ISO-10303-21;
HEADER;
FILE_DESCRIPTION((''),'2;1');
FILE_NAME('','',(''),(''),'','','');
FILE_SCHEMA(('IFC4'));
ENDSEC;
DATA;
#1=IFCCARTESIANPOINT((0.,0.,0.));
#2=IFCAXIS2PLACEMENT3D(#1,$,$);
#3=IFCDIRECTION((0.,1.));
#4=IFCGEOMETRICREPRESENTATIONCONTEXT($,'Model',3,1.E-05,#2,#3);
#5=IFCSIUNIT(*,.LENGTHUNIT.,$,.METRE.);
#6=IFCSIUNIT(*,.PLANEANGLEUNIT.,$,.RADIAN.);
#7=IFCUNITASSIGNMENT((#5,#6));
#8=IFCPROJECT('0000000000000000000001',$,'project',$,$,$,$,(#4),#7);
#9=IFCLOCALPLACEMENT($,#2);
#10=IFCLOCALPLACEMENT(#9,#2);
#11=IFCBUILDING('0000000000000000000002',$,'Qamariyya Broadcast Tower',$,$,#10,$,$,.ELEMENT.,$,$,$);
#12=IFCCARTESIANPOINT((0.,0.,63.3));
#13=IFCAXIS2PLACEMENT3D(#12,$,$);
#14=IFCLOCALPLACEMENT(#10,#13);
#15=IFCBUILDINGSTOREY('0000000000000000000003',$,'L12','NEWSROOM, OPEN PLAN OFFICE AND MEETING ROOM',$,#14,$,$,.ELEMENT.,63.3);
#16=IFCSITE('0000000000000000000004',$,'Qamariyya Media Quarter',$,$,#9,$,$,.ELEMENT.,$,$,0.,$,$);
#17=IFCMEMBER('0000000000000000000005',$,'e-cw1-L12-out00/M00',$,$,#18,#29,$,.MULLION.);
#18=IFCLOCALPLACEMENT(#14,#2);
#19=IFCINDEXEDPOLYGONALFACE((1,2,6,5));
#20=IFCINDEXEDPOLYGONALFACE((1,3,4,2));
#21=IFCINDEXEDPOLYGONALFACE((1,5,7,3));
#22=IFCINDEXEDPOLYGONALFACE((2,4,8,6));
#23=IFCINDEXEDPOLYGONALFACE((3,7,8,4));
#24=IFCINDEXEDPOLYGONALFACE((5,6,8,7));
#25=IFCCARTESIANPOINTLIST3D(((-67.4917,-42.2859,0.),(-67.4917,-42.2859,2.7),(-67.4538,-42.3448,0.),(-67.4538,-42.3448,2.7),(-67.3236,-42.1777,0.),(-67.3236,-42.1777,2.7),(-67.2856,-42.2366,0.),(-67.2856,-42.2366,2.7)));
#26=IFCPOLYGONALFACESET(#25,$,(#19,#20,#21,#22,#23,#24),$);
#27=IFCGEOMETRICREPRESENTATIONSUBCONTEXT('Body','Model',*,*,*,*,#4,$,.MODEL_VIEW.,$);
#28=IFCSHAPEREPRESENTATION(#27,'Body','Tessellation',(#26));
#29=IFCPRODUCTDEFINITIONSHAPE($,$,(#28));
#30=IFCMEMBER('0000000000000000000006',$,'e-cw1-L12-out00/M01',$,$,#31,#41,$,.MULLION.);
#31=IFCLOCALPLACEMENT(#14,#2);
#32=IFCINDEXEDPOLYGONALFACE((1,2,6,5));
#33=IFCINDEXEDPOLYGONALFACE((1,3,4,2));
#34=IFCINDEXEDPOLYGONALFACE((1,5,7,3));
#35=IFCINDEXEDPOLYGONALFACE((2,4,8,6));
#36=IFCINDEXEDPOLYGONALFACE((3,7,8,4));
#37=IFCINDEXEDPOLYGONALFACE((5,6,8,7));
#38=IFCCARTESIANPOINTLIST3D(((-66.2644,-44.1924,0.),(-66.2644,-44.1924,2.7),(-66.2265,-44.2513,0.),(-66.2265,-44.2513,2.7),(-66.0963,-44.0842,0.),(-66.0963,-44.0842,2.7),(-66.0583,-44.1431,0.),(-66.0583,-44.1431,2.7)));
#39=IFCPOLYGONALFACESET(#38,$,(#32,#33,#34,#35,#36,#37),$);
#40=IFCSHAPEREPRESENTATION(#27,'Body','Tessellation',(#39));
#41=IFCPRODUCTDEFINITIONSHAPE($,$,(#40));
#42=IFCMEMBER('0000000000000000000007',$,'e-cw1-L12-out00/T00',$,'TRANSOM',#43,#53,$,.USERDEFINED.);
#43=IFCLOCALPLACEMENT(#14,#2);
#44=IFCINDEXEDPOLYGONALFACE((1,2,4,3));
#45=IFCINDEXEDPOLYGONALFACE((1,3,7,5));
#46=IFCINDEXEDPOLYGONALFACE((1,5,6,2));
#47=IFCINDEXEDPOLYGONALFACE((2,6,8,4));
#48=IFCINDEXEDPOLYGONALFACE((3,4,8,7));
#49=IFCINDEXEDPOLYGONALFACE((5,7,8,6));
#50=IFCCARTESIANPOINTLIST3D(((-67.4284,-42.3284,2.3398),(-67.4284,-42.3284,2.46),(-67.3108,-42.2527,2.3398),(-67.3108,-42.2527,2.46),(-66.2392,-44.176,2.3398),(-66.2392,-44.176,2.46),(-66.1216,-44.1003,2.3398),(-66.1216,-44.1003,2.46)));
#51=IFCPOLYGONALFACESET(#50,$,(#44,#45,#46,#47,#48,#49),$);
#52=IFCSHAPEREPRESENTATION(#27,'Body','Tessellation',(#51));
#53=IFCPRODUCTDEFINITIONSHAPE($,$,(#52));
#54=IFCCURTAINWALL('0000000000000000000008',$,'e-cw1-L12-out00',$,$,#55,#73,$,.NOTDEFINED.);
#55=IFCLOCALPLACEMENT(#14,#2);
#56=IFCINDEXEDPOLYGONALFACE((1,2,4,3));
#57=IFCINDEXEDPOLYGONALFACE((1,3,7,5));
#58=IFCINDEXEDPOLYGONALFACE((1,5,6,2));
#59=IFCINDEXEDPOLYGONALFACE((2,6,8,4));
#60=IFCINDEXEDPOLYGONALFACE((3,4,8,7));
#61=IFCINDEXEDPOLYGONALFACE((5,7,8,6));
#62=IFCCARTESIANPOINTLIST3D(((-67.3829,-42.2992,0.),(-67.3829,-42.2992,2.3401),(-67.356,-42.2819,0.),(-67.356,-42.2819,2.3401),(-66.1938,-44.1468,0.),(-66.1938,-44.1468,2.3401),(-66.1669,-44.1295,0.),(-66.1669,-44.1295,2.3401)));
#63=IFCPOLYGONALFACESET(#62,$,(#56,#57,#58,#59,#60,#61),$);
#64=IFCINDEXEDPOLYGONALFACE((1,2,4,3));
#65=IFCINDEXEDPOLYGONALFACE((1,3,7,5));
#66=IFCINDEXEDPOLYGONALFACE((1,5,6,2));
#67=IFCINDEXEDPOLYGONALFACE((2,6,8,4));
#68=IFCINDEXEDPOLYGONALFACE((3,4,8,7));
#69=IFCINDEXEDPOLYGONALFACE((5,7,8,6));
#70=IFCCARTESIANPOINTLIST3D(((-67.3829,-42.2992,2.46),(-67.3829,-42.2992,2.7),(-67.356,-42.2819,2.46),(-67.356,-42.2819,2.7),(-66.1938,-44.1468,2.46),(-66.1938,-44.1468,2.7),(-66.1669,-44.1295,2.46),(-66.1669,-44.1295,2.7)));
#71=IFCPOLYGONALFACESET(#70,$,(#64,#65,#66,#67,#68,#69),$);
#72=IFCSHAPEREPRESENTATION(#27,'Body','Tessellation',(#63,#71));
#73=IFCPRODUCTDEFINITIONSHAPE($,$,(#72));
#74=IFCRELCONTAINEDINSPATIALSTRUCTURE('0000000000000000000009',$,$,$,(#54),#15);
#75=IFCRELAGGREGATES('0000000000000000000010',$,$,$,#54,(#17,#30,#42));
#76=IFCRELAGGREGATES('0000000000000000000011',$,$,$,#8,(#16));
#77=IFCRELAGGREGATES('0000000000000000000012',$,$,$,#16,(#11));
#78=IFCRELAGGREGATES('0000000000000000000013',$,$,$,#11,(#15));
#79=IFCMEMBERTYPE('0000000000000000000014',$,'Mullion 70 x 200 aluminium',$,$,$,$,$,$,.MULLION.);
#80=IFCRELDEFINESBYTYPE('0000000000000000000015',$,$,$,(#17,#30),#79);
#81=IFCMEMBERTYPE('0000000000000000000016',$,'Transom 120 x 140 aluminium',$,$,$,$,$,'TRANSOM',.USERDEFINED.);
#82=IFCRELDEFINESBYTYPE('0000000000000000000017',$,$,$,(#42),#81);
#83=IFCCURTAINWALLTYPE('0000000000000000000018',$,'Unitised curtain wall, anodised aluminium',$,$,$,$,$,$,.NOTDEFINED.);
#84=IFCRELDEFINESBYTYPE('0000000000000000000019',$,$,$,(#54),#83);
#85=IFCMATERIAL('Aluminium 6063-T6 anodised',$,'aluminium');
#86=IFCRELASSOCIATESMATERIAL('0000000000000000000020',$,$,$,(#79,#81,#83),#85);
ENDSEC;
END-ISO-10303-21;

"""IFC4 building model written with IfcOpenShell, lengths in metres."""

from ifc_helpers import new_model, si_unit, direction, frame, origin, origin_2d, place, context, subcontext, project, spatial, rectangle, extrude, material, material_profile, profile_set, type_object, element, aggregate, save


model = new_model("IFC4")

# Units and contexts
model_context = context("Model", 3, precision=1e-05, world=origin(), true_north=direction((0.0, 1.0)))
body_context = subcontext(model_context, "Body", "Model", "MODEL_VIEW")
ifc_project = project(units=[si_unit("LENGTHUNIT", "METRE"), si_unit("PLANEANGLEUNIT", "RADIAN")], contexts=[model_context])

# Members
ifc_material_1 = material(Name="Aluminium 6063-T6 anodised", Category="aluminium")
ifc_material_profile_1 = material_profile(ifc_material_1, rectangle(XDim=0.2, YDim=0.0701, at=origin_2d()))
ifc_profile_set_1 = profile_set([ifc_material_profile_1], Name="Aluminium 6063-T6 anodised")
member_type_1 = type_object("IfcMemberType", Name="Mullion 70 x 200 aluminium", PredefinedType="MULLION", material=ifc_profile_set_1)
site_placement = place(None, origin())
building_placement = place(site_placement, origin())
storey_placement = place(building_placement, frame((0.0, 0.0, 63.3)))
member_1_placement = place(storey_placement, frame((-67.3887, -42.2612, 0.0), z_axis=(0.0, 0.0, 1.0), x_axis=(0.840842, 0.54128, 0.0)))
member_1 = element("IfcMember", 1, at=member_1_placement, type_object=member_type_1, Name="e-cw1-L12-out00/M00", PredefinedType="MULLION", context=body_context, shape_type="SweptSolid", body=[
    extrude(rectangle(XDim=0.2, YDim=0.0701, at=origin_2d()), origin(), (0.0, 0.0, 1.0), 2.7),
])
member_2_placement = place(storey_placement, frame((-66.1614, -44.1677, 0.0), z_axis=(0.0, 0.0, 1.0), x_axis=(0.840842, 0.54128, 0.0)))
member_2 = element("IfcMember", 2, at=member_2_placement, type_object=member_type_1, Name="e-cw1-L12-out00/M01", PredefinedType="MULLION", context=body_context, shape_type="SweptSolid", body=[
    extrude(rectangle(XDim=0.2, YDim=0.0701, at=origin_2d()), origin(), (0.0, 0.0, 1.0), 2.7),
])
ifc_material_profile_2 = material_profile(ifc_material_1, rectangle(XDim=0.1399, YDim=0.1201, at=origin_2d()))
ifc_profile_set_2 = profile_set([ifc_material_profile_2], Name="Aluminium 6063-T6 anodised")
member_type_2 = type_object("IfcMemberType", Name="Transom 120 x 140 aluminium", ElementType="TRANSOM", PredefinedType="USERDEFINED", material=ifc_profile_set_2)
member_3_placement = place(storey_placement, frame((-67.3696, -42.2905, 2.3999), z_axis=(0.541218, -0.840882, 0.0), x_axis=(0.840882, 0.541218, 0.0)))
member_3 = element("IfcMember", 3, at=member_3_placement, type_object=member_type_2, Name="e-cw1-L12-out00/T00", ObjectType="TRANSOM", PredefinedType="USERDEFINED", context=body_context, shape_type="SweptSolid", body=[
    extrude(rectangle(XDim=0.1399, YDim=0.1201, at=origin_2d()), origin(), (0.0, 0.0, 1.0), 2.1973),
])

# Site, building, storey
site = spatial("IfcSite", under=ifc_project, at=site_placement, Name="Qamariyya Media Quarter", CompositionType="ELEMENT", RefElevation=0.0)
building = spatial("IfcBuilding", under=site, at=building_placement, Name="Qamariyya Broadcast Tower", CompositionType="ELEMENT")
storey = spatial("IfcBuildingStorey", under=building, at=storey_placement, Name="L12", Description="NEWSROOM, OPEN PLAN OFFICE AND MEETING ROOM", CompositionType="ELEMENT", Elevation=63.3)

# Curtain wall
curtain_wall_type = type_object("IfcCurtainWallType", Name="Unitised curtain wall, anodised aluminium", PredefinedType="NOTDEFINED", material=ifc_material_1)
curtain_wall_1_placement = place(storey_placement, origin())
curtain_wall_1 = element("IfcCurtainWall", 4, at=curtain_wall_1_placement, inside=storey, type_object=curtain_wall_type, Name="e-cw1-L12-out00", PredefinedType="NOTDEFINED", context=body_context, shape_type="SweptSolid", body=[
    extrude(rectangle(XDim=2.1973, YDim=0.032, at=origin_2d()), frame((-66.7749, -43.2144, 0.0), x_axis=(0.541201, -0.840893, 0.0)), (0.0, 0.0, 1.0), 2.3401),
    extrude(rectangle(XDim=2.1973, YDim=0.032, at=origin_2d()), frame((-66.7749, -43.2144, 2.46), x_axis=(0.541201, -0.840893, 0.0)), (0.0, 0.0, 1.0), 0.24),
])
aggregate(curtain_wall_1, [member_1, member_2, member_3])

save(model, "model.ifc")
